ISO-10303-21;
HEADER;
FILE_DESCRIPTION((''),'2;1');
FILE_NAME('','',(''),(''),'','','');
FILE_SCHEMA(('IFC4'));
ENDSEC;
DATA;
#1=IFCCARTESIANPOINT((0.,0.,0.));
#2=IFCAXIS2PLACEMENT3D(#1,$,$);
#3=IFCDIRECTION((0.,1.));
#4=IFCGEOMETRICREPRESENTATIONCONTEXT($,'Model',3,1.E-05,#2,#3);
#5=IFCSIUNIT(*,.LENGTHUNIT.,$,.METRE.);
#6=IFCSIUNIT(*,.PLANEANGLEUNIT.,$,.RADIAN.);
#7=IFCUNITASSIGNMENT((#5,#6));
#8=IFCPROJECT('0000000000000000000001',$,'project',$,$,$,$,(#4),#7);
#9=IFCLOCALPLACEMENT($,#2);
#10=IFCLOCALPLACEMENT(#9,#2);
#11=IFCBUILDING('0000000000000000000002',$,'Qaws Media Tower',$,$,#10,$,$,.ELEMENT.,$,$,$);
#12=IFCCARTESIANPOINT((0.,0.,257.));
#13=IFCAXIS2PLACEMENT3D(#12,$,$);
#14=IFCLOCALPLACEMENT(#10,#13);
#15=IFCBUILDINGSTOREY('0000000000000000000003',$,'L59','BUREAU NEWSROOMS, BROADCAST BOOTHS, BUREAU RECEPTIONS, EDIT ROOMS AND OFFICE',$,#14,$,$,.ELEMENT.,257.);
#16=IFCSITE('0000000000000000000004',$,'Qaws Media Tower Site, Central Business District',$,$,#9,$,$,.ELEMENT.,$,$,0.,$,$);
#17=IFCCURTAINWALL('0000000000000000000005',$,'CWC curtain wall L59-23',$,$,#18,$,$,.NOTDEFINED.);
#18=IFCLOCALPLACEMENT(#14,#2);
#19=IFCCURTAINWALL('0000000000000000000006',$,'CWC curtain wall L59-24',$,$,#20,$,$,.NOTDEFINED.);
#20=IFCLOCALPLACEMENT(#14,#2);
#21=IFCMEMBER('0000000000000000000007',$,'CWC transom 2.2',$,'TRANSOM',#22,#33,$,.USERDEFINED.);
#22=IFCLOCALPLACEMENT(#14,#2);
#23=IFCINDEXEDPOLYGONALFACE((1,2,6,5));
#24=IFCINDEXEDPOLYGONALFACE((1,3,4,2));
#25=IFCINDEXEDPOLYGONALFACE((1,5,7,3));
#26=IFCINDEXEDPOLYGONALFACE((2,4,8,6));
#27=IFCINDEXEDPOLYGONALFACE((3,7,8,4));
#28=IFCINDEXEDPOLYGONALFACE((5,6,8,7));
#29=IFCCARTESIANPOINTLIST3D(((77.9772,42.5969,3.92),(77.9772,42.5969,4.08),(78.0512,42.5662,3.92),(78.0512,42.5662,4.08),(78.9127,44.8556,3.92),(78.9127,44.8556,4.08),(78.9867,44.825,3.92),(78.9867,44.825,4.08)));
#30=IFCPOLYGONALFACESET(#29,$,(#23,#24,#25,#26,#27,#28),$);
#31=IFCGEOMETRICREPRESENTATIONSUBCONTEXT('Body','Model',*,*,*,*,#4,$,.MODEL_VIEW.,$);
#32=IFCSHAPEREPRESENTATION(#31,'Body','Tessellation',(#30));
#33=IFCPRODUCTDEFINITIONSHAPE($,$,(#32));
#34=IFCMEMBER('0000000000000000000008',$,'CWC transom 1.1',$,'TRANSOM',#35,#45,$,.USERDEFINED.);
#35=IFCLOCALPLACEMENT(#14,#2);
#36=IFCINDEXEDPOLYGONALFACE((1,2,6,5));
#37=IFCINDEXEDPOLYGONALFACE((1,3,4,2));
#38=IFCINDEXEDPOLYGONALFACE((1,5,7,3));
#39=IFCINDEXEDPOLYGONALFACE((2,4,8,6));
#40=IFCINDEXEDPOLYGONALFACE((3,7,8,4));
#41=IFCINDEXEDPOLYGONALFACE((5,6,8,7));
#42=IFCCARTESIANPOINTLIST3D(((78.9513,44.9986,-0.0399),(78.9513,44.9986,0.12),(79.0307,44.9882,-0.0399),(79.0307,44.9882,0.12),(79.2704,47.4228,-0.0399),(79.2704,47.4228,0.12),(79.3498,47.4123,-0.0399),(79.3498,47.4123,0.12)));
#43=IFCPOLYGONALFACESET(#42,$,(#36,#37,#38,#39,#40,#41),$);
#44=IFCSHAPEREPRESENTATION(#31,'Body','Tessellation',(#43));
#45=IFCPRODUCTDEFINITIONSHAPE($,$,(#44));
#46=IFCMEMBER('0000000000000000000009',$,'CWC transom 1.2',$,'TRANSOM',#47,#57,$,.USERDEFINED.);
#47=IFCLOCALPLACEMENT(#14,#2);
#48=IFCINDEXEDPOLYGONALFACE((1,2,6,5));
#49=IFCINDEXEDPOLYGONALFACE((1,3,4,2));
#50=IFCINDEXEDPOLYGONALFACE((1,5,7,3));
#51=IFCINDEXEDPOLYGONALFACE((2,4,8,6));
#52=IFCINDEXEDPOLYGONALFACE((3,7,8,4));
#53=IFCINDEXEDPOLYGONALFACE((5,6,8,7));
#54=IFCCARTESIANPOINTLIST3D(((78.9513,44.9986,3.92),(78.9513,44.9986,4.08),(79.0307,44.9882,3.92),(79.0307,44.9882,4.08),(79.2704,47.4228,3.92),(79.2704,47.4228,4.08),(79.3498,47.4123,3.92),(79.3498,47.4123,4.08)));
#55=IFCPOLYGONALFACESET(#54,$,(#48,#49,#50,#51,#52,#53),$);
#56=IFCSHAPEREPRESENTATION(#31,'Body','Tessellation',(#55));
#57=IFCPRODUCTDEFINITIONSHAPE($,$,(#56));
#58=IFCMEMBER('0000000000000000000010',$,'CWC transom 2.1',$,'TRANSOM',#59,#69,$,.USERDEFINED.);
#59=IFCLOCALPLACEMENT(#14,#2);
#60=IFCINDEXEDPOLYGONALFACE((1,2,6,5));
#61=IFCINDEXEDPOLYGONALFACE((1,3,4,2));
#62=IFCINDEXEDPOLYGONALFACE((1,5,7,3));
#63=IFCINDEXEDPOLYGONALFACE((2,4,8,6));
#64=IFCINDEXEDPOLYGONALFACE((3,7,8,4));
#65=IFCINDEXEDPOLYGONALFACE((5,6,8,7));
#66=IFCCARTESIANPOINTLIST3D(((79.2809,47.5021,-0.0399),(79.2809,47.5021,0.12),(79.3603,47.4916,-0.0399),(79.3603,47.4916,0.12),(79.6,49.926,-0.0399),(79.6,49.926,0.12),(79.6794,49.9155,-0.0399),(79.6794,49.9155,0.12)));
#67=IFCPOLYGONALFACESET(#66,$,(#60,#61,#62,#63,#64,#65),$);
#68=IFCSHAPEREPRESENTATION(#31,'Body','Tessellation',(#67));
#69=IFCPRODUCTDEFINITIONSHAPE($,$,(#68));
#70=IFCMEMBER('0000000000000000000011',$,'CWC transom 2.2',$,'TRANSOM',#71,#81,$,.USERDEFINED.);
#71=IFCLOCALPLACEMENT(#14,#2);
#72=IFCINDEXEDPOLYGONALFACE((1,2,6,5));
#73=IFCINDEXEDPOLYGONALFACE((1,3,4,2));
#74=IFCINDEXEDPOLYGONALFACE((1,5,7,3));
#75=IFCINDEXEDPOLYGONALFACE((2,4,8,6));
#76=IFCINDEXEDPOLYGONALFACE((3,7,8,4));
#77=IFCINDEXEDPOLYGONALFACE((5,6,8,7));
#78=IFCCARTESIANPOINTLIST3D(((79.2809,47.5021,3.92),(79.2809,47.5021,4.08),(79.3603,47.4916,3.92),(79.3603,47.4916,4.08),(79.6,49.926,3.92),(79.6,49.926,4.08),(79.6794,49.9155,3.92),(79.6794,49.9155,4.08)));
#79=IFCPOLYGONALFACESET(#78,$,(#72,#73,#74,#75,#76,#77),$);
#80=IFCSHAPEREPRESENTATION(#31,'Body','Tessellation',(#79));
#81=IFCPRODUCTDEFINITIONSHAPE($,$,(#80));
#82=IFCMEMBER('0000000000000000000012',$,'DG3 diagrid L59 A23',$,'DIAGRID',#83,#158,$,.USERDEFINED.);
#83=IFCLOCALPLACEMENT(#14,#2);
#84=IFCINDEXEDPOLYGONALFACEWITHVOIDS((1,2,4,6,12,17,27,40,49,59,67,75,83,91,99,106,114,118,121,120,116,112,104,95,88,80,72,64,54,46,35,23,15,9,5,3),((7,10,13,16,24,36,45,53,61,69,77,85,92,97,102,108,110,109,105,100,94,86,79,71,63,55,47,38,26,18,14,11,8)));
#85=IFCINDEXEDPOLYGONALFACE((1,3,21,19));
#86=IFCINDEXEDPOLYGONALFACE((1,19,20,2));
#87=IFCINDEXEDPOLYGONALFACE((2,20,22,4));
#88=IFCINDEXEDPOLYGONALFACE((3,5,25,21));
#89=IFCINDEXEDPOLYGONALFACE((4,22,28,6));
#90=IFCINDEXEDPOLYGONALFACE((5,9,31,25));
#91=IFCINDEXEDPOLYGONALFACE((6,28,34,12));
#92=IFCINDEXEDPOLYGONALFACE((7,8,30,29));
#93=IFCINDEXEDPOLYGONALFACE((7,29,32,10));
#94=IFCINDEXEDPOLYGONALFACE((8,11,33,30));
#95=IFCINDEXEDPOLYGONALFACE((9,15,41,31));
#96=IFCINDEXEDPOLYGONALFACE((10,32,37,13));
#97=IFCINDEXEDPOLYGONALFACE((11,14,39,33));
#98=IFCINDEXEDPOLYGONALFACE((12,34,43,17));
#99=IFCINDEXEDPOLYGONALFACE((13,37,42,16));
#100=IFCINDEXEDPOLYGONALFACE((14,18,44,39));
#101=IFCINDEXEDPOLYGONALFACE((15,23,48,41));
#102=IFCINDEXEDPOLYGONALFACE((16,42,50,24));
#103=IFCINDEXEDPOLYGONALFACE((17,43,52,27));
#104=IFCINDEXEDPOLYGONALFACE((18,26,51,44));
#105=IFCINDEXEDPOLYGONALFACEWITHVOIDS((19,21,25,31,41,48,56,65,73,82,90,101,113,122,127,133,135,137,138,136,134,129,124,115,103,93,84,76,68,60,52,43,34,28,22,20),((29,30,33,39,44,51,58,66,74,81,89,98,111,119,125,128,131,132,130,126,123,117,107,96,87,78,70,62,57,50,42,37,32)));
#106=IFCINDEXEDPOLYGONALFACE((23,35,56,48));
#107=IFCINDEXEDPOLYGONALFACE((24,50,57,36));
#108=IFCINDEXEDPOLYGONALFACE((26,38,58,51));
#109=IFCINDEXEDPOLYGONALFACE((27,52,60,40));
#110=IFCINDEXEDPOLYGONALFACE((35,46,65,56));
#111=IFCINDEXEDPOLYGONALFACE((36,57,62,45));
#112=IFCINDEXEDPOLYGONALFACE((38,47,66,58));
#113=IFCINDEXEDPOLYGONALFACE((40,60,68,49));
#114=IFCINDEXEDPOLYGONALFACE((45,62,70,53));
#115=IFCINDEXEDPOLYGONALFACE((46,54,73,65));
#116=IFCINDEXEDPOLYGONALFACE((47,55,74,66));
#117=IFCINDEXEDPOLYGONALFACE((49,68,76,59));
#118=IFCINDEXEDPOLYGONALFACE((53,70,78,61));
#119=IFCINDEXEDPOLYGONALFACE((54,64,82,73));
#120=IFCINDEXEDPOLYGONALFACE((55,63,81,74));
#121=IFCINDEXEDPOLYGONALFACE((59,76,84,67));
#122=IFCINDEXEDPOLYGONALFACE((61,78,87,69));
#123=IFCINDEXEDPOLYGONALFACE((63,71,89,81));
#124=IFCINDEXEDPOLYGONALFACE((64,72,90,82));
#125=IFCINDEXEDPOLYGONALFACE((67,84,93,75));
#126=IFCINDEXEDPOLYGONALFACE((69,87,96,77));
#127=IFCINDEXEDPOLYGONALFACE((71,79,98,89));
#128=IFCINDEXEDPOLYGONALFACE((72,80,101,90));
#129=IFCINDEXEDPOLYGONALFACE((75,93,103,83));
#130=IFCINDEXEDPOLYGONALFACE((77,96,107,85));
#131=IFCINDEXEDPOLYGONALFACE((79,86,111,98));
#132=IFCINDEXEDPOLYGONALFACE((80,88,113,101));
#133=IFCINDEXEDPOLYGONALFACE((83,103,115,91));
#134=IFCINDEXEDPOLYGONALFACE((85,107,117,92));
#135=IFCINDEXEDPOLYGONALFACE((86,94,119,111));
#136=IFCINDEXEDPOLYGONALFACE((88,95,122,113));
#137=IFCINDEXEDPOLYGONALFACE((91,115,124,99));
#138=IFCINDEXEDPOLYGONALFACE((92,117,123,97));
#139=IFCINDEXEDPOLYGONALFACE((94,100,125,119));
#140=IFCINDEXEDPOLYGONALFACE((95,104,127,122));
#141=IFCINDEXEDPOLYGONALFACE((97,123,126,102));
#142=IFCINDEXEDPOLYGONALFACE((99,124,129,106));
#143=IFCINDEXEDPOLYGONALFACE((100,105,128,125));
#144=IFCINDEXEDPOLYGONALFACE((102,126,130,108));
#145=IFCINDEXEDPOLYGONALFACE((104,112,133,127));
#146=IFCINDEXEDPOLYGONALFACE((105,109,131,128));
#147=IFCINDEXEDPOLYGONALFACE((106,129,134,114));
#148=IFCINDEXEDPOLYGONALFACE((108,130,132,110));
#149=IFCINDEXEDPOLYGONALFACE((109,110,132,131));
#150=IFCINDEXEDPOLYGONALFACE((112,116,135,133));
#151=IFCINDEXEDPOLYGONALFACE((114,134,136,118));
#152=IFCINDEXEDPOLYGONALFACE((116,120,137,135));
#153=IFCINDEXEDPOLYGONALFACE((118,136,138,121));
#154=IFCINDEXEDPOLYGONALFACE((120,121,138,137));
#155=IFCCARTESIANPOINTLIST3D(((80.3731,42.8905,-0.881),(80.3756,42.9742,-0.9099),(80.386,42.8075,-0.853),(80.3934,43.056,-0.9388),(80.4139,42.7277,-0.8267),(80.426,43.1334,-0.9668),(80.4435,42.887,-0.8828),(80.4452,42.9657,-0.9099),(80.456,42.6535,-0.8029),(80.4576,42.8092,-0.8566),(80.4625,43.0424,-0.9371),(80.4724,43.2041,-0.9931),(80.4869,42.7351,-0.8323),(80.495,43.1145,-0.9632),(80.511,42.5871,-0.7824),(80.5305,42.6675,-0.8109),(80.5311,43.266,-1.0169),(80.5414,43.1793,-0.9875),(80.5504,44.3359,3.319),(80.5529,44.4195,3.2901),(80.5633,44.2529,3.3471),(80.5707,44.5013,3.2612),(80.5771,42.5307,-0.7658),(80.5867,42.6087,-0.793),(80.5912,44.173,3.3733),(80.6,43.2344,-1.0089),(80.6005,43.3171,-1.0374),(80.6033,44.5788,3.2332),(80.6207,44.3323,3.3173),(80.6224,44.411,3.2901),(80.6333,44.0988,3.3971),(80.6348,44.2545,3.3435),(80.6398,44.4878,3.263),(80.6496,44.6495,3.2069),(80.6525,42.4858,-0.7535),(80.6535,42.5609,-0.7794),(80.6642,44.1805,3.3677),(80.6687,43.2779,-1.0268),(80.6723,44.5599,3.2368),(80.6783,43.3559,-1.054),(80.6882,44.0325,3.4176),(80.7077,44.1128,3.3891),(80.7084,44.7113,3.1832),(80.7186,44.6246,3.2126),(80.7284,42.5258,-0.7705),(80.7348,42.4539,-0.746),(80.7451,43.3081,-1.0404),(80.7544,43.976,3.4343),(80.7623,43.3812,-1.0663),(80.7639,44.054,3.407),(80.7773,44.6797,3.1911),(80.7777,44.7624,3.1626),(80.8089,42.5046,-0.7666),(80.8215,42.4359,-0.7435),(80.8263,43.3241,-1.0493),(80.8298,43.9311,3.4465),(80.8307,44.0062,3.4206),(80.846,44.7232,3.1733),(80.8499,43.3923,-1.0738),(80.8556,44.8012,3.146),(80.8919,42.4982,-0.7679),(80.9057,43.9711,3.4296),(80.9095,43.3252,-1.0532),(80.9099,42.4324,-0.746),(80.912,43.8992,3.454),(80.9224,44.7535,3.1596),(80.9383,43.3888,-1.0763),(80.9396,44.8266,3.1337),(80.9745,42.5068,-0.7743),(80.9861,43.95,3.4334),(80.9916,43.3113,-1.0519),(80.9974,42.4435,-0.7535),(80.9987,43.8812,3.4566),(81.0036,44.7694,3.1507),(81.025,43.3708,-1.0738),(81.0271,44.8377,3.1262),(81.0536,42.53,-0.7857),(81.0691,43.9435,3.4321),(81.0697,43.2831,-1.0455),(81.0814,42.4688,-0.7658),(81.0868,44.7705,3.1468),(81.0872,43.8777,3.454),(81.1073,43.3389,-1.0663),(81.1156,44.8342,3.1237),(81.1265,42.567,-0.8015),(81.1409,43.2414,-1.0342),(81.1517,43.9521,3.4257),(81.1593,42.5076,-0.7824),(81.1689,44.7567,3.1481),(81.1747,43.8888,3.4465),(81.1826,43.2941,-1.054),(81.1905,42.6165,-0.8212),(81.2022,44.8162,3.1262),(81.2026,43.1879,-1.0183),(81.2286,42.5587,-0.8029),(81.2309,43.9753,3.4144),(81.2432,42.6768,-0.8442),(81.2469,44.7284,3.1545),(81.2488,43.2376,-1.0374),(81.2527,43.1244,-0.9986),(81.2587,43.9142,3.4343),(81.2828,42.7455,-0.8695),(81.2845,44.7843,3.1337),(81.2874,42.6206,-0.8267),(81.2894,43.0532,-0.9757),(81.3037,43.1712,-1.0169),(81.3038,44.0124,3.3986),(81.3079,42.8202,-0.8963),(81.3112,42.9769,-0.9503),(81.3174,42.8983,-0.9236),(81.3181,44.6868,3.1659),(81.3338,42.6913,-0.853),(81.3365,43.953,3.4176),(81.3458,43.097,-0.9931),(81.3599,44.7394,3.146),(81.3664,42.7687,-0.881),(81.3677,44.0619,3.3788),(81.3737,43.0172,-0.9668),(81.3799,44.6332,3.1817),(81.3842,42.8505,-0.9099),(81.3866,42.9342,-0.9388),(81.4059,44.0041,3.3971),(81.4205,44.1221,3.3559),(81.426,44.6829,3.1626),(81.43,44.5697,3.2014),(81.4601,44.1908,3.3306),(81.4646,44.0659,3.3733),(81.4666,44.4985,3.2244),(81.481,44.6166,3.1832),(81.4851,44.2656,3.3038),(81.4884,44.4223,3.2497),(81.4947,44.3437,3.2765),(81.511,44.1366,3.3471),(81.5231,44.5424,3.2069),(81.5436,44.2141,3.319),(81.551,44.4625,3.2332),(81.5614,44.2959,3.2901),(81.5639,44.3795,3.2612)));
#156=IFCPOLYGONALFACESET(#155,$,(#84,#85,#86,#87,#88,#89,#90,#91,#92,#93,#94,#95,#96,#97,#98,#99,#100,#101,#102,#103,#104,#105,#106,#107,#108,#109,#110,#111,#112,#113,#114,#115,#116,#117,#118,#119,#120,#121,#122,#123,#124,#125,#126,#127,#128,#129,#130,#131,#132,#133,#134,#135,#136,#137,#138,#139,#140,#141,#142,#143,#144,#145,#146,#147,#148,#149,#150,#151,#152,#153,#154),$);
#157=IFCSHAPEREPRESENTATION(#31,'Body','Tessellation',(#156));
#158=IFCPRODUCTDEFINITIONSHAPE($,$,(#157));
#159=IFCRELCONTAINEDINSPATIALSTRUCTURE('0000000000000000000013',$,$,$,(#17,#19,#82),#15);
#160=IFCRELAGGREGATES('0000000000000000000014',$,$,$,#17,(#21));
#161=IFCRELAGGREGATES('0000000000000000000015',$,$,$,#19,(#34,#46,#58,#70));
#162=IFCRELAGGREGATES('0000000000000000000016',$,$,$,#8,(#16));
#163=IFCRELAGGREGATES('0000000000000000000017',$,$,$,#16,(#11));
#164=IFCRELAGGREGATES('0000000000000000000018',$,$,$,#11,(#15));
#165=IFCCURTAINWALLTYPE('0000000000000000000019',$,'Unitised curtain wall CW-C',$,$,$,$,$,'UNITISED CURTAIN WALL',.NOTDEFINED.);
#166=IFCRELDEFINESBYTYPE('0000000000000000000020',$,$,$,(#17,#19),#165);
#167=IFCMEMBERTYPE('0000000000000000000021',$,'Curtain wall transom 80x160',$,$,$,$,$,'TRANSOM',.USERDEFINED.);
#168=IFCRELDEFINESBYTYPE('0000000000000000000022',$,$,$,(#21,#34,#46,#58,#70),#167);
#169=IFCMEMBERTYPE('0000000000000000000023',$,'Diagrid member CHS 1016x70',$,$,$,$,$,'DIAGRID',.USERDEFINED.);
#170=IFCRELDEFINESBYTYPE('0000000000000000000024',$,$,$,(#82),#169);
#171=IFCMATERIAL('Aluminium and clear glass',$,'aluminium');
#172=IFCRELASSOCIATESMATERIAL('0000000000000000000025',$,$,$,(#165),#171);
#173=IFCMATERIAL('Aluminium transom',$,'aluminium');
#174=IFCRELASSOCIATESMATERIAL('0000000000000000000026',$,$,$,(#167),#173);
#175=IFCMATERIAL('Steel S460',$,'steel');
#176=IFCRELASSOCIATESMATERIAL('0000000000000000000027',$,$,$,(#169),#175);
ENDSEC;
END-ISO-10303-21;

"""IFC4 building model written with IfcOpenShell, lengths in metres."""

from ifc_helpers import new_model, si_unit, direction, frame, origin, origin_2d, place, context, subcontext, project, spatial, rectangle, hollow_circle, extrude, material, material_profile, profile_set, type_object, element, aggregate, save


model = new_model("IFC4")

# Units and contexts
model_context = context("Model", 3, precision=1e-05, world=origin(), true_north=direction((0.0, 1.0)))
body_context = subcontext(model_context, "Body", "Model", "MODEL_VIEW")
ifc_project = project(units=[si_unit("LENGTHUNIT", "METRE"), si_unit("PLANEANGLEUNIT", "RADIAN")], contexts=[model_context])

# Site, building, storey
site_placement = place(None, origin())
site = spatial("IfcSite", under=ifc_project, at=site_placement, Name="Qaws Media Tower Site, Central Business District", CompositionType="ELEMENT", RefElevation=0.0)
building_placement = place(site_placement, origin())
building = spatial("IfcBuilding", under=site, at=building_placement, Name="Qaws Media Tower", CompositionType="ELEMENT")
storey_placement = place(building_placement, frame((0.0, 0.0, 257.0)))
storey = spatial("IfcBuildingStorey", under=building, at=storey_placement, Name="L59", Description="BUREAU NEWSROOMS, BROADCAST BOOTHS, BUREAU RECEPTIONS, EDIT ROOMS AND OFFICE", CompositionType="ELEMENT", Elevation=257.0)

# Curtain walls
ifc_material_1 = material(Name="Aluminium and clear glass", Category="aluminium")
curtain_wall_type = type_object("IfcCurtainWallType", Name="Unitised curtain wall CW-C", ElementType="UNITISED CURTAIN WALL", PredefinedType="NOTDEFINED", material=ifc_material_1)
curtain_wall_1_placement = place(storey_placement, origin())
curtain_wall_1 = element("IfcCurtainWall", 1, at=curtain_wall_1_placement, inside=storey, type_object=curtain_wall_type, Name="CWC curtain wall L59-23", PredefinedType="NOTDEFINED")
curtain_wall_2_placement = place(storey_placement, origin())
curtain_wall_2 = element("IfcCurtainWall", 2, at=curtain_wall_2_placement, inside=storey, type_object=curtain_wall_type, Name="CWC curtain wall L59-24", PredefinedType="NOTDEFINED")

# Members
ifc_material_2 = material(Name="Aluminium transom", Category="aluminium")
ifc_material_profile_1 = material_profile(ifc_material_2, rectangle(XDim=0.0801, YDim=0.1599, at=origin_2d()), Name="80x160")
ifc_profile_set_1 = profile_set([ifc_material_profile_1], Name="Aluminium transom")
member_type_1 = type_object("IfcMemberType", Name="Curtain wall transom 80x160", ElementType="TRANSOM", PredefinedType="USERDEFINED", material=ifc_profile_set_1)
member_1_placement = place(storey_placement, frame((78.0142, 42.5815, 4.0), z_axis=(0.382658, 0.92389, 0.0), x_axis=(-0.92389, 0.382658, 0.0)))
member_1 = element("IfcMember", 3, at=member_1_placement, type_object=member_type_1, Name="CWC transom 2.2", ObjectType="TRANSOM", PredefinedType="USERDEFINED", context=body_context, shape_type="SweptSolid", body=[
    extrude(rectangle(XDim=0.0801, YDim=0.1599, at=origin_2d()), origin(), (0.0, 0.0, 1.0), 2.4448),
])
member_2_placement = place(storey_placement, frame((78.991, 44.9934, 0.04), z_axis=(0.130509, 0.991447, 0.0), x_axis=(-0.991447, 0.130509, 0.0)))
member_2 = element("IfcMember", 4, at=member_2_placement, type_object=member_type_1, Name="CWC transom 1.1", ObjectType="TRANSOM", PredefinedType="USERDEFINED", context=body_context, shape_type="SweptSolid", body=[
    extrude(rectangle(XDim=0.0801, YDim=0.1599, at=origin_2d()), origin(), (0.0, 0.0, 1.0), 2.4451),
])
member_3_placement = place(storey_placement, frame((78.991, 44.9934, 4.0), z_axis=(0.130509, 0.991447, 0.0), x_axis=(-0.991447, 0.130509, 0.0)))
member_3 = element("IfcMember", 5, at=member_3_placement, type_object=member_type_1, Name="CWC transom 1.2", ObjectType="TRANSOM", PredefinedType="USERDEFINED", context=body_context, shape_type="SweptSolid", body=[
    extrude(rectangle(XDim=0.0801, YDim=0.1599, at=origin_2d()), origin(), (0.0, 0.0, 1.0), 2.4451),
])
member_4_placement = place(storey_placement, frame((79.3206, 47.4968, 0.04), z_axis=(0.130522, 0.991445, 0.0), x_axis=(-0.991445, 0.130522, 0.0)))
member_4 = element("IfcMember", 6, at=member_4_placement, type_object=member_type_1, Name="CWC transom 2.1", ObjectType="TRANSOM", PredefinedType="USERDEFINED", context=body_context, shape_type="SweptSolid", body=[
    extrude(rectangle(XDim=0.0801, YDim=0.1599, at=origin_2d()), origin(), (0.0, 0.0, 1.0), 2.4448),
])
member_5_placement = place(storey_placement, frame((79.3206, 47.4968, 4.0), z_axis=(0.130522, 0.991445, 0.0), x_axis=(-0.991445, 0.130522, 0.0)))
member_5 = element("IfcMember", 7, at=member_5_placement, type_object=member_type_1, Name="CWC transom 2.2", ObjectType="TRANSOM", PredefinedType="USERDEFINED", context=body_context, shape_type="SweptSolid", body=[
    extrude(rectangle(XDim=0.0801, YDim=0.1599, at=origin_2d()), origin(), (0.0, 0.0, 1.0), 2.4448),
])

# Member
ifc_material_3 = material(Name="Steel S460", Category="steel")
ifc_material_profile_2 = material_profile(ifc_material_3, hollow_circle(Radius=0.5081, WallThickness=0.0701, at=origin_2d()), Name="CHS 1016x70")
ifc_profile_set_2 = profile_set([ifc_material_profile_2], Name="Steel S460")
member_type_2 = type_object("IfcMemberType", Name="Diagrid member CHS 1016x70", ElementType="DIAGRID", PredefinedType="USERDEFINED", material=ifc_profile_set_2)
for number, where, z_axis, x_axis, name in (
    (8, (80.8799, 42.9124, -0.9099), (0.039873, 0.325139, 0.944825), (-0.992564, 0.121723, 0.0), "DG3 diagrid L59 A23"),
):
    element("IfcMember", number, at=place(storey_placement, frame(where, z_axis=z_axis, x_axis=x_axis)), inside=storey, type_object=member_type_2, Name=name, ObjectType="DIAGRID", PredefinedType="USERDEFINED", context=body_context, shape_type="SweptSolid", body=[
        extrude(hollow_circle(Radius=0.5081, WallThickness=0.0701, at=origin_2d()), origin(), (0.0, 0.0, 1.0), 4.4453),
    ])

aggregate(curtain_wall_1, [member_1])
aggregate(curtain_wall_2, [member_2, member_3, member_4, member_5])

save(model, "model.ifc")
